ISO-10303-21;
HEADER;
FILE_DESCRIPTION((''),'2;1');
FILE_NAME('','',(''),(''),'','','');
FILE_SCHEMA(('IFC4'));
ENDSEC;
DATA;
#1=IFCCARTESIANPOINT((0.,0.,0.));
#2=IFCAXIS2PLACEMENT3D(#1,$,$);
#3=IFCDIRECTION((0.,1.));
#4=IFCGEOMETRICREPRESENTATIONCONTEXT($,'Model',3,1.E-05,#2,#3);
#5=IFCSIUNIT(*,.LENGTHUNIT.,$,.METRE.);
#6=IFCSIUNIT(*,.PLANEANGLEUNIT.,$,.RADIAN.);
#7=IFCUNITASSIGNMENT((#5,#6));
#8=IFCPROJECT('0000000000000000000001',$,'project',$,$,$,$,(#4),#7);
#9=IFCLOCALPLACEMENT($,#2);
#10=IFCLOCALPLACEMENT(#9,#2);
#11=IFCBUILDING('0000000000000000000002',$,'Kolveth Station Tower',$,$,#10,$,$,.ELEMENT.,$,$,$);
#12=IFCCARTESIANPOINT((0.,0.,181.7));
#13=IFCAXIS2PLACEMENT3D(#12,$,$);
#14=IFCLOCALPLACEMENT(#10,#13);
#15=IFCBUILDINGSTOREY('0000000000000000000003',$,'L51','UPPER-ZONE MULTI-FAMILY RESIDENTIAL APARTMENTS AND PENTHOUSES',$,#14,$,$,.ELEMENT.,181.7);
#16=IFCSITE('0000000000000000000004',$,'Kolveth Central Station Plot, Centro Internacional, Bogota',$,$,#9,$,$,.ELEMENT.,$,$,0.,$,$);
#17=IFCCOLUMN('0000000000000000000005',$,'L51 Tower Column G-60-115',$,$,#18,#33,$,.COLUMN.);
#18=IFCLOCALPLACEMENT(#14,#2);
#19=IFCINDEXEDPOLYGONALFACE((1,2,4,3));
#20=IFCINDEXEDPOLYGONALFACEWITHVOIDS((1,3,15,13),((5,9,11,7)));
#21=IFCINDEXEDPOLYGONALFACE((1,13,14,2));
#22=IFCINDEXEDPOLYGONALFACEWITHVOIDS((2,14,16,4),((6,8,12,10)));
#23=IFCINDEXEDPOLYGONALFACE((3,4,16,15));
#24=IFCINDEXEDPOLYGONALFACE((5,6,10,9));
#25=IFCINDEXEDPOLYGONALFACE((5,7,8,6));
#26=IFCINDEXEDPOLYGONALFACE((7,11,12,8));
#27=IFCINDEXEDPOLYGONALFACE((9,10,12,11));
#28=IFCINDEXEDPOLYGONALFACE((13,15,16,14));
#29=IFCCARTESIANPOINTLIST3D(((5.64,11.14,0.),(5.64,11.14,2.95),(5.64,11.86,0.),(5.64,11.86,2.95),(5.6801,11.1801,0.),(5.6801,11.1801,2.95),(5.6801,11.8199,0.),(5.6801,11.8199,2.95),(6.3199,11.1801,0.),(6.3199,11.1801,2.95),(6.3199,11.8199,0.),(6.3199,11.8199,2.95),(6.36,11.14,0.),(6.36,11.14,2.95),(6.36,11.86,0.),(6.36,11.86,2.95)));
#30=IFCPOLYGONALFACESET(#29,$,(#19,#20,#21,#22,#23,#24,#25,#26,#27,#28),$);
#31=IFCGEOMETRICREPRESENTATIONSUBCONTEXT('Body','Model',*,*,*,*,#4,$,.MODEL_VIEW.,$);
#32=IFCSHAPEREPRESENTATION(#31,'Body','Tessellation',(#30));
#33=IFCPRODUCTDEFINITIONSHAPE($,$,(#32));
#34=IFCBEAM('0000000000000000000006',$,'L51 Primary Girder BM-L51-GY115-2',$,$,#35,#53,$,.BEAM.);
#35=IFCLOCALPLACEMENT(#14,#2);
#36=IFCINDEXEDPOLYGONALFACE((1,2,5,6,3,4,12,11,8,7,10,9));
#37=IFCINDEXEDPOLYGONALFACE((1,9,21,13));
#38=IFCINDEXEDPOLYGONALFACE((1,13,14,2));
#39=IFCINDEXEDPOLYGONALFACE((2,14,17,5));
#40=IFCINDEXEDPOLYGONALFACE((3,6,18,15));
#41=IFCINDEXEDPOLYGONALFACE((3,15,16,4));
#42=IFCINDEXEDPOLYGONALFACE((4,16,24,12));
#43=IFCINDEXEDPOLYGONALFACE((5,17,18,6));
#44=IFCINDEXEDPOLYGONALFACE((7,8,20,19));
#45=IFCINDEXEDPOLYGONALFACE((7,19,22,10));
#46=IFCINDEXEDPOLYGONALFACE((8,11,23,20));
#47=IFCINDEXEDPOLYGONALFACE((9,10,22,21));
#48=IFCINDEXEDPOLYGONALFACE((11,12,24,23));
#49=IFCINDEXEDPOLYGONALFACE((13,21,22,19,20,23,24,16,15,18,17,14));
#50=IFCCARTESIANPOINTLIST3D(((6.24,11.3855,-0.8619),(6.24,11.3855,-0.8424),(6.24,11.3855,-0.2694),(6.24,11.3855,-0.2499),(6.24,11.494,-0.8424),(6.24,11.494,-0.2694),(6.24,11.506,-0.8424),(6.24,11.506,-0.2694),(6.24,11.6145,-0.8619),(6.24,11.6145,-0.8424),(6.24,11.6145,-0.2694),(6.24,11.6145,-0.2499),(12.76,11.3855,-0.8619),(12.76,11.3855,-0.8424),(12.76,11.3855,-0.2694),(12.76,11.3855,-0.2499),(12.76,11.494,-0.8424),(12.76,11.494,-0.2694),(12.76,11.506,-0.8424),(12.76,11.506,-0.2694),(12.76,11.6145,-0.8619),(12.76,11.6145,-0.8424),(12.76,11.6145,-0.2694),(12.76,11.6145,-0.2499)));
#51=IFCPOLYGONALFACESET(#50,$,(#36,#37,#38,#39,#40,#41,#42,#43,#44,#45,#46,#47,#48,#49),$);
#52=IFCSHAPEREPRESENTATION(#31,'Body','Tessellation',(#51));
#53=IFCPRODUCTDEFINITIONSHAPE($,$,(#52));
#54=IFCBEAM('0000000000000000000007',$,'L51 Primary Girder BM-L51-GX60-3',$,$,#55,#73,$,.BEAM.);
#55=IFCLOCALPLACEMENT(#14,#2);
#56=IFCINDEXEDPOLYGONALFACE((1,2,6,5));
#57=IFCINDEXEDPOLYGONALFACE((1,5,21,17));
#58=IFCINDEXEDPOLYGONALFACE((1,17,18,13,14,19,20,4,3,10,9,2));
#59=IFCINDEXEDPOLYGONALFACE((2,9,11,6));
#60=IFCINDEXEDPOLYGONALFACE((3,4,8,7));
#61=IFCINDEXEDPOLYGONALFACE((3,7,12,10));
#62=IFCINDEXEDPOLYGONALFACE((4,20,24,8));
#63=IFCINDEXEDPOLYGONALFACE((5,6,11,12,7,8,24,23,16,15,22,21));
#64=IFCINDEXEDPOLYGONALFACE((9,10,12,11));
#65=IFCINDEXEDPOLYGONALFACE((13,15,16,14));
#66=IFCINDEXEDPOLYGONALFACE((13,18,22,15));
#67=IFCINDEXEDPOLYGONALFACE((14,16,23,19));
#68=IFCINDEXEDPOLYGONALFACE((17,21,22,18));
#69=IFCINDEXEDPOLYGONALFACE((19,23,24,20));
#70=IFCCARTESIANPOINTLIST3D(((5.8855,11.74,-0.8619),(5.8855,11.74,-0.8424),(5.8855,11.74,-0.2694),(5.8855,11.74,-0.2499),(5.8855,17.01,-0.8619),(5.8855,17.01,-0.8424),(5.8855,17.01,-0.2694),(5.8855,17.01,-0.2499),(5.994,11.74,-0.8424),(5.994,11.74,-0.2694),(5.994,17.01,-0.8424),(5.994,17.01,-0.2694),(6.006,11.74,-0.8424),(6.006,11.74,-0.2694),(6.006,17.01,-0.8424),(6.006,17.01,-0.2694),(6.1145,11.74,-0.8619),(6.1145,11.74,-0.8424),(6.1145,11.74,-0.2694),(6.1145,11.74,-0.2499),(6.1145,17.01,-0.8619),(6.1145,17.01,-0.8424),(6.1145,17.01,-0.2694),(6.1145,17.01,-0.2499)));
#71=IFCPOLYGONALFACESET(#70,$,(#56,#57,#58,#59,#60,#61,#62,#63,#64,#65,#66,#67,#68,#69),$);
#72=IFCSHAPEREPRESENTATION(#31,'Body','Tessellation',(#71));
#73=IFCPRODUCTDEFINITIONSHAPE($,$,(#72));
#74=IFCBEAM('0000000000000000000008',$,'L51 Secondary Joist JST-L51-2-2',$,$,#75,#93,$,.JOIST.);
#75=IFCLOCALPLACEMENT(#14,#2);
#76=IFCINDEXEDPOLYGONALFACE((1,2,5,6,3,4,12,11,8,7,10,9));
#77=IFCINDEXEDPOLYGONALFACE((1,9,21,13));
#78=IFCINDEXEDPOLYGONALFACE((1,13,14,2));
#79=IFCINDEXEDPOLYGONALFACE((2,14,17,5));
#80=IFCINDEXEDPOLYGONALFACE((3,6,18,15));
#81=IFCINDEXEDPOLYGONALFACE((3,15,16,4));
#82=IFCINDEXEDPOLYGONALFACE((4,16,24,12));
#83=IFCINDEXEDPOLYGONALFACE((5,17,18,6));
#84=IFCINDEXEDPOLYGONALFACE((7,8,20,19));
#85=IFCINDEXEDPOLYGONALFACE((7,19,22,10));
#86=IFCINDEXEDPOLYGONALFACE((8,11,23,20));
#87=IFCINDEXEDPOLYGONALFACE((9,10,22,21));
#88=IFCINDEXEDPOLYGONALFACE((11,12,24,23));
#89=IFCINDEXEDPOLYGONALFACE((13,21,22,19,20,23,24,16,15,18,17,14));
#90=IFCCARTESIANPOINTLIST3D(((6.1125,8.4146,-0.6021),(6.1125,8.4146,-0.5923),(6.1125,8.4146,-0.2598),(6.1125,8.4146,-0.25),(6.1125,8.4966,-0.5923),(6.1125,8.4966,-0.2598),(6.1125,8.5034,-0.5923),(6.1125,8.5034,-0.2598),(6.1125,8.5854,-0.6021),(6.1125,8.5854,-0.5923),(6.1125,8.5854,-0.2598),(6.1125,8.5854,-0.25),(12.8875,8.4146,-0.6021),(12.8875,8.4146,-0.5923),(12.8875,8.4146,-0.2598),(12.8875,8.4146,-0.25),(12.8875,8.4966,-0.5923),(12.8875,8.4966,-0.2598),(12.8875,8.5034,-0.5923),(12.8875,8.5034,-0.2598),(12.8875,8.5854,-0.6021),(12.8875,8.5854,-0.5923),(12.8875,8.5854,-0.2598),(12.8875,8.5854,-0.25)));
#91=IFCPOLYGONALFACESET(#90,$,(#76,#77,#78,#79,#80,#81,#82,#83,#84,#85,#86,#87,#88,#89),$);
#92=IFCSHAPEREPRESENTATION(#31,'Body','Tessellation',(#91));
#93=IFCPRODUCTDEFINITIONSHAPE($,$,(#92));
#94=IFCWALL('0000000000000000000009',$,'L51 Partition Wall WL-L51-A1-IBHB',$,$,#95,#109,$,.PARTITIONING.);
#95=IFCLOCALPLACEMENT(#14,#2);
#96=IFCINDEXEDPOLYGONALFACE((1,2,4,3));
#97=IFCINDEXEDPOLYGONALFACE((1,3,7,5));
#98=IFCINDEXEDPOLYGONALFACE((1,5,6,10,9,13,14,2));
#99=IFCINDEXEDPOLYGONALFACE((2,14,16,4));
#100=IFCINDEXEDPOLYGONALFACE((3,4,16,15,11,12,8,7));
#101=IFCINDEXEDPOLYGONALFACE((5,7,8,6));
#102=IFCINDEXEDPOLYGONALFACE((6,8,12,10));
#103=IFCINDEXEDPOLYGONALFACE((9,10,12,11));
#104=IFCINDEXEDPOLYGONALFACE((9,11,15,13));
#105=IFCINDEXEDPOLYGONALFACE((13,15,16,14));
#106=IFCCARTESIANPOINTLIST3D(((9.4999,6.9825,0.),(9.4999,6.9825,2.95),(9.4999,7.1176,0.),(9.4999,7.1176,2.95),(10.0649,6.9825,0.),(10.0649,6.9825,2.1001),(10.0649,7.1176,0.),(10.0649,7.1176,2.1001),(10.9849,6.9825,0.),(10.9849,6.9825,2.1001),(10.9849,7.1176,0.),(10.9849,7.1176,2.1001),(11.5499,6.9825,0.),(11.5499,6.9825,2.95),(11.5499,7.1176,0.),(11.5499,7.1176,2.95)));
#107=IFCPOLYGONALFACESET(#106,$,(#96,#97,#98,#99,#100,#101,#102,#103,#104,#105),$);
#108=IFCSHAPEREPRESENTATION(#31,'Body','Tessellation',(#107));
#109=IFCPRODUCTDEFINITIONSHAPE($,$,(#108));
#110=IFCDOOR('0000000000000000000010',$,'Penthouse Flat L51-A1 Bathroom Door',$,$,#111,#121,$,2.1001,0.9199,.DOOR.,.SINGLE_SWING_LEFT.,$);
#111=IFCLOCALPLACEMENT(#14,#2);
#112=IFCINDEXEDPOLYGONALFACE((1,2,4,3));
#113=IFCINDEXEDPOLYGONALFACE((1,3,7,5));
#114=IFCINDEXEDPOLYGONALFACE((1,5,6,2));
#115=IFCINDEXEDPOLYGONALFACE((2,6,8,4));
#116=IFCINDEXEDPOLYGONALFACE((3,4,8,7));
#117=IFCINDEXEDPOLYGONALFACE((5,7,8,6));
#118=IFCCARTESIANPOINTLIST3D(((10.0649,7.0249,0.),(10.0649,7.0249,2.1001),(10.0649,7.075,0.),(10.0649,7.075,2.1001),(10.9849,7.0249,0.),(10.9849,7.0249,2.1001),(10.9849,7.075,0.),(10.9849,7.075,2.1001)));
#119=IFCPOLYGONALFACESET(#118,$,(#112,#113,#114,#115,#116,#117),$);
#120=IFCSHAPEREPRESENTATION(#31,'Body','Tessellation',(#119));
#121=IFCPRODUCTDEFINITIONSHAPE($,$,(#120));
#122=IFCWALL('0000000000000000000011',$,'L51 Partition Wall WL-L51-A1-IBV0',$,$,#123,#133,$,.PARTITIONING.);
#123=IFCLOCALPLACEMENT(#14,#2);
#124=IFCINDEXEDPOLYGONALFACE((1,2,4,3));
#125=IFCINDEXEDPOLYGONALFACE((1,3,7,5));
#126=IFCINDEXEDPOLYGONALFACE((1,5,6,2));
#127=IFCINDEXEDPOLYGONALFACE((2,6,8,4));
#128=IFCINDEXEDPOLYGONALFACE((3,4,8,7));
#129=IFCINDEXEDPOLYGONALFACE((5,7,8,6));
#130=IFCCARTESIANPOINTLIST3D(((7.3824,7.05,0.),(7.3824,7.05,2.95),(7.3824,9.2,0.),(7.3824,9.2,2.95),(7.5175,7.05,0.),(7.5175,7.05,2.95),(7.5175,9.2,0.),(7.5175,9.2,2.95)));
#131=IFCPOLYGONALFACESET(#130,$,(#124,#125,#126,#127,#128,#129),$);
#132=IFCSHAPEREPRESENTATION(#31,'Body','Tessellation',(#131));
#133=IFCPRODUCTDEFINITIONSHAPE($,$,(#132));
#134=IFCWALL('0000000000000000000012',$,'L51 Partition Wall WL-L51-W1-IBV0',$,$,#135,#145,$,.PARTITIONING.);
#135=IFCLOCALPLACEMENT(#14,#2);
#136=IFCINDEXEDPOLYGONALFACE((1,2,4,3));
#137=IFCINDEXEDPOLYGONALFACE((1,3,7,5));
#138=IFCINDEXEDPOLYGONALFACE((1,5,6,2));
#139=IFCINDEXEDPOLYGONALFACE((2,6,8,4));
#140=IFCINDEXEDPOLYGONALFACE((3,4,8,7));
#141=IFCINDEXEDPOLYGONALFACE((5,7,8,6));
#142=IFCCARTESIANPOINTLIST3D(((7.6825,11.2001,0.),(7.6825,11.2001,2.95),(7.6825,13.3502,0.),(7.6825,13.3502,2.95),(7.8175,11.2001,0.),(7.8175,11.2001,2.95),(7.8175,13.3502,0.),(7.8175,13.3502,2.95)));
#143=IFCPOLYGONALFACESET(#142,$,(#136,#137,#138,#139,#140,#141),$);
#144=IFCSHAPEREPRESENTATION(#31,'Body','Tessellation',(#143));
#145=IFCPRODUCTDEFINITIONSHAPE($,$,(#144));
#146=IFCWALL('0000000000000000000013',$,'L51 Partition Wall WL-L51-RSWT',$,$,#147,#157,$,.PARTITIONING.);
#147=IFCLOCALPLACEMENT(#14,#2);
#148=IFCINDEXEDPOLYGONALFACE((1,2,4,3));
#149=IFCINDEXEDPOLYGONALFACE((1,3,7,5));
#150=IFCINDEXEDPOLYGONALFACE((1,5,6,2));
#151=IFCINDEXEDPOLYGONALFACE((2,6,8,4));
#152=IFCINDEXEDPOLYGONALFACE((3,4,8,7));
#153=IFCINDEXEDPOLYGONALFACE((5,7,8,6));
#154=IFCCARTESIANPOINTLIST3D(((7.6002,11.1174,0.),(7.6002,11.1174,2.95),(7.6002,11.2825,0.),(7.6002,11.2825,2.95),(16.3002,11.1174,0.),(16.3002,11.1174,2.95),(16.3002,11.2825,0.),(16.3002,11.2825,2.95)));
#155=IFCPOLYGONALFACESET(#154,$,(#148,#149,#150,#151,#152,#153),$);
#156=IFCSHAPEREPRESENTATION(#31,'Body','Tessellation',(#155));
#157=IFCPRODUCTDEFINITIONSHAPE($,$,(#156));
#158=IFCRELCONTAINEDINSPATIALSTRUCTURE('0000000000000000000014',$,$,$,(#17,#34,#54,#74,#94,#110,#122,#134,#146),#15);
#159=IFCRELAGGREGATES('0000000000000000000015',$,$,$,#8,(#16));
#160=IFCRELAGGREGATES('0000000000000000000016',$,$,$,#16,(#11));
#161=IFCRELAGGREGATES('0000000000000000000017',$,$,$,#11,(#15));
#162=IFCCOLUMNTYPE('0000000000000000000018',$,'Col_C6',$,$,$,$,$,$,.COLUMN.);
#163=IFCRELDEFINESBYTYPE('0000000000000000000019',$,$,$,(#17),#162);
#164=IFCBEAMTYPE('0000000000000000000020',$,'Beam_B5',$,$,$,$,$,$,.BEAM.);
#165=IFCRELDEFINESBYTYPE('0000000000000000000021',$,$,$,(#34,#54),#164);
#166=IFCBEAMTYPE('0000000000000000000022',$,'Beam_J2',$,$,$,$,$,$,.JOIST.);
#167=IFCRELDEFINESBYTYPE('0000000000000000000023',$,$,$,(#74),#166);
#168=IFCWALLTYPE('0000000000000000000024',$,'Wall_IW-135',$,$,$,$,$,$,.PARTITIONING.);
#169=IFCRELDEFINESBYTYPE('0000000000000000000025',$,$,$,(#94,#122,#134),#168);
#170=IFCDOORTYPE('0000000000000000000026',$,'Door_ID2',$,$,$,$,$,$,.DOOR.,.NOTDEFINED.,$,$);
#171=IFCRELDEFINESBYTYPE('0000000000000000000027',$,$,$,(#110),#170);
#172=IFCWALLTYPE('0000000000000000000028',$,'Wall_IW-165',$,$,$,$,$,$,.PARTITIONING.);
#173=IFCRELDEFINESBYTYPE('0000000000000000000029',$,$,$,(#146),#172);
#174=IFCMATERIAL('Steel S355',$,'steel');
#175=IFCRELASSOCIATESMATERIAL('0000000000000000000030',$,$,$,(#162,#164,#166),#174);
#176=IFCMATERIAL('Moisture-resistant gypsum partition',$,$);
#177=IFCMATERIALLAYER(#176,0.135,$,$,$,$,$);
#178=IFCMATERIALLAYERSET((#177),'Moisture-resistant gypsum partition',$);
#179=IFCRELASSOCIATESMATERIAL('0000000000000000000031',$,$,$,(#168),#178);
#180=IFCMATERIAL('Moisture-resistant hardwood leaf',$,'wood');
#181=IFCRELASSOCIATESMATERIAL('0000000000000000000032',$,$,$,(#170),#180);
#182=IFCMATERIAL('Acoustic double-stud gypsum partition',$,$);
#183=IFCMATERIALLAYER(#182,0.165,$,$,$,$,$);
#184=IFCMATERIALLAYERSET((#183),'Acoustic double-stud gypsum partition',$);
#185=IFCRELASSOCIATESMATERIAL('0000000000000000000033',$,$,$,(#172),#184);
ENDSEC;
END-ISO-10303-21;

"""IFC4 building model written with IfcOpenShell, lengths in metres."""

from ifc_helpers import new_model, si_unit, direction, frame, frame_2d, origin, origin_2d, place, context, subcontext, project, spatial, rectangle, hollow_rectangle, i_section, extrude, source, transform, mapped, material, layer, layer_set, material_profile, profile_set, type_object, element, fill, save


model = new_model("IFC4")

# Units and contexts
model_context = context("Model", 3, precision=1e-05, world=origin(), true_north=direction((0.0, 1.0)))
body_context = subcontext(model_context, "Body", "Model", "MODEL_VIEW")
ifc_project = project(units=[si_unit("LENGTHUNIT", "METRE"), si_unit("PLANEANGLEUNIT", "RADIAN")], contexts=[model_context])

# Site, building, storey
site_placement = place(None, origin())
site = spatial("IfcSite", under=ifc_project, at=site_placement, Name="Kolveth Central Station Plot, Centro Internacional, Bogota", CompositionType="ELEMENT", RefElevation=0.0)
building_placement = place(site_placement, origin())
building = spatial("IfcBuilding", under=site, at=building_placement, Name="Kolveth Station Tower", CompositionType="ELEMENT")
storey_placement = place(building_placement, frame((0.0, 0.0, 181.7)))
storey = spatial("IfcBuildingStorey", under=building, at=storey_placement, Name="L51", Description="UPPER-ZONE MULTI-FAMILY RESIDENTIAL APARTMENTS AND PENTHOUSES", CompositionType="ELEMENT", Elevation=181.7)

# Column
ifc_material_1 = material(Name="Steel S355", Category="steel")
ifc_material_profile_1 = material_profile(ifc_material_1, hollow_rectangle(XDim=0.72, YDim=0.72, WallThickness=0.04, at=origin_2d()), Name="BOX720x720x40")
ifc_profile_set_1 = profile_set([ifc_material_profile_1], Name="Steel S355")
column_type = type_object("IfcColumnType", Name="Col_C6", PredefinedType="COLUMN", material=ifc_profile_set_1)
shared_shape_1 = source(origin(), body_context, "Body", "SweptSolid", [
    extrude(hollow_rectangle(XDim=0.72, YDim=0.72, WallThickness=0.04, at=origin_2d()), origin(), (0.0, 0.0, 1.0), 2.95),
])
column_placement = place(storey_placement, frame((6.0, 11.5, 0.0), z_axis=(0.0, 0.0, 1.0), x_axis=(1.0, 0.0, 0.0)))
element("IfcColumn", 1, at=column_placement, inside=storey, type_object=column_type, Name="L51 Tower Column G-60-115", PredefinedType="COLUMN", context=body_context, shape_type="MappedRepresentation", body=[
    mapped(shared_shape_1, transform((0.0, 0.0, 0.0), x_axis=(1.0, 0.0, 0.0), y_axis=(0.0, 1.0, 0.0), z_axis=(0.0, 0.0, 1.0), scale=1.0)),
])

# Beams
ifc_material_profile_2 = material_profile(ifc_material_1, i_section(OverallWidth=0.229, OverallDepth=0.6121, WebThickness=0.012, FlangeThickness=0.0195, at=origin_2d()), Name="W610x125")
ifc_profile_set_2 = profile_set([ifc_material_profile_2], Name="Steel S355")
beam_type_1 = type_object("IfcBeamType", Name="Beam_B5", PredefinedType="BEAM", material=ifc_profile_set_2)
shared_shape_2 = source(origin(), body_context, "Body", "SweptSolid", [
    extrude(i_section(OverallWidth=0.229, OverallDepth=0.6121, WebThickness=0.012, FlangeThickness=0.0195, at=origin_2d()), origin(), (0.0, 0.0, 1.0), 6.52),
])
beam_1_placement = place(storey_placement, frame((6.24, 11.5, -0.5559), z_axis=(1.0, 0.0, 0.0), x_axis=(0.0, 1.0, 0.0)))
element("IfcBeam", 2, at=beam_1_placement, inside=storey, type_object=beam_type_1, Name="L51 Primary Girder BM-L51-GY115-2", PredefinedType="BEAM", context=body_context, shape_type="MappedRepresentation", body=[
    mapped(shared_shape_2, transform((0.0, 0.0, 0.0), x_axis=(1.0, 0.0, 0.0), y_axis=(0.0, 1.0, 0.0), z_axis=(0.0, 0.0, 1.0), scale=1.0)),
])
shared_shape_3 = source(origin(), body_context, "Body", "SweptSolid", [
    extrude(i_section(OverallWidth=0.229, OverallDepth=0.6121, WebThickness=0.012, FlangeThickness=0.0195, at=origin_2d()), origin(), (0.0, 0.0, 1.0), 5.27),
])
beam_2_placement = place(storey_placement, frame((6.0, 11.74, -0.5559), z_axis=(0.0, 1.0, 0.0), x_axis=(-1.0, 0.0, 0.0)))
element("IfcBeam", 3, at=beam_2_placement, inside=storey, type_object=beam_type_1, Name="L51 Primary Girder BM-L51-GX60-3", PredefinedType="BEAM", context=body_context, shape_type="MappedRepresentation", body=[
    mapped(shared_shape_3, transform((0.0, 0.0, 0.0), x_axis=(1.0, 0.0, 0.0), y_axis=(0.0, 1.0, 0.0), z_axis=(0.0, 0.0, 1.0), scale=1.0)),
])
ifc_material_profile_3 = material_profile(ifc_material_1, i_section(OverallWidth=0.1709, OverallDepth=0.3521, WebThickness=0.0068, FlangeThickness=0.0098, at=origin_2d()), Name="W360x44")
ifc_profile_set_3 = profile_set([ifc_material_profile_3], Name="Steel S355")
beam_type_2 = type_object("IfcBeamType", Name="Beam_J2", PredefinedType="JOIST", material=ifc_profile_set_3)
shared_shape_4 = source(origin(), body_context, "Body", "SweptSolid", [
    extrude(i_section(OverallWidth=0.1709, OverallDepth=0.3521, WebThickness=0.0068, FlangeThickness=0.0098, at=origin_2d()), origin(), (0.0, 0.0, 1.0), 6.7749),
])
beam_3_placement = place(storey_placement, frame((6.1125, 8.5, -0.426), z_axis=(1.0, 0.0, 0.0), x_axis=(0.0, 1.0, 0.0)))
element("IfcBeam", 4, at=beam_3_placement, inside=storey, type_object=beam_type_2, Name="L51 Secondary Joist JST-L51-2-2", PredefinedType="JOIST", context=body_context, shape_type="MappedRepresentation", body=[
    mapped(shared_shape_4, transform((0.0, 0.0, 0.0), x_axis=(1.0, 0.0, 0.0), y_axis=(0.0, 1.0, 0.0), z_axis=(0.0, 0.0, 1.0), scale=1.0)),
])

# Wall, opening, door
ifc_material_2 = material(Name="Moisture-resistant gypsum partition")
ifc_layer_1 = layer(ifc_material_2, 0.135)
ifc_layer_set_1 = layer_set([ifc_layer_1], Name="Moisture-resistant gypsum partition")
wall_type_1 = type_object("IfcWallType", Name="Wall_IW-135", PredefinedType="PARTITIONING", material=ifc_layer_set_1)
wall_1_placement = place(storey_placement, frame((9.5, 7.05, 0.0), z_axis=(0.0, 0.0, 1.0), x_axis=(1.0, 0.0, 0.0)))
wall_1 = element("IfcWall", 5, at=wall_1_placement, inside=storey, type_object=wall_type_1, Name="L51 Partition Wall WL-L51-A1-IBHB", PredefinedType="PARTITIONING", context=body_context, shape_type="SweptSolid", body=[
    extrude(rectangle(XDim=2.05, YDim=0.135, at=frame_2d((1.0249, 0.0))), origin(), (0.0, 0.0, 1.0), 2.95),
])
opening_1_placement = place(wall_1_placement, frame((0.5649, 0.0, 0.0)))
opening_1 = element("IfcOpeningElement", 6, at=opening_1_placement, cuts=wall_1, PredefinedType="OPENING", context=body_context, shape_type="SweptSolid", body=[
    extrude(rectangle(XDim=0.9199, YDim=2.1001, at=frame_2d((0.46, 1.05))), frame((0.0, 0.0774, 0.0), z_axis=(0.0, -1.0, 0.0), x_axis=(1.0, 0.0, 0.0)), (0.0, 0.0, 1.0), 0.155),
])
ifc_material_3 = material(Name="Moisture-resistant hardwood leaf", Category="wood")
door_type_1 = type_object("IfcDoorType", Name="Door_ID2", OperationType="NOTDEFINED", PredefinedType="DOOR", material=ifc_material_3)
door_1_placement = place(opening_1_placement, origin())
door_1 = element("IfcDoor", 7, at=door_1_placement, inside=storey, type_object=door_type_1, Name="Penthouse Flat L51-A1 Bathroom Door", OperationType="SINGLE_SWING_LEFT", OverallHeight=2.1001, OverallWidth=0.9199, PredefinedType="DOOR", context=body_context, shape_type="SweptSolid", body=[
    extrude(rectangle(XDim=0.9199, YDim=2.1001, at=frame_2d((0.46, 1.05))), frame((0.0, 0.0249, 0.0), z_axis=(0.0, -1.0, 0.0), x_axis=(1.0, 0.0, 0.0)), (0.0, 0.0, 1.0), 0.05),
])
fill(opening_1, door_1)

# Wall
wall_2_placement = place(storey_placement, frame((7.45, 7.05, 0.0), z_axis=(0.0, 0.0, 1.0), x_axis=(0.0, 1.0, 0.0)))
element("IfcWall", 8, at=wall_2_placement, inside=storey, type_object=wall_type_1, Name="L51 Partition Wall WL-L51-A1-IBV0", PredefinedType="PARTITIONING", context=body_context, shape_type="SweptSolid", body=[
    extrude(rectangle(XDim=2.1499, YDim=0.135, at=frame_2d((1.075, 0.0))), origin(), (0.0, 0.0, 1.0), 2.95),
])

# Walls
wall_3_placement = place(storey_placement, frame((7.75, 11.2, 0.0), z_axis=(0.0, 0.0, 1.0), x_axis=(0.0, 1.0, 0.0)))
element("IfcWall", 9, at=wall_3_placement, inside=storey, type_object=wall_type_1, Name="L51 Partition Wall WL-L51-W1-IBV0", PredefinedType="PARTITIONING", context=body_context, shape_type="SweptSolid", body=[
    extrude(rectangle(XDim=2.1501, YDim=0.135, at=frame_2d((1.0752, 0.0))), origin(), (0.0, 0.0, 1.0), 2.95),
])
ifc_material_4 = material(Name="Acoustic double-stud gypsum partition")
ifc_layer_2 = layer(ifc_material_4, 0.165)
ifc_layer_set_2 = layer_set([ifc_layer_2], Name="Acoustic double-stud gypsum partition")
wall_type_2 = type_object("IfcWallType", Name="Wall_IW-165", PredefinedType="PARTITIONING", material=ifc_layer_set_2)
wall_4_placement = place(storey_placement, frame((7.6001, 11.2, 0.0), z_axis=(0.0, 0.0, 1.0), x_axis=(1.0, 0.0, 0.0)))
element("IfcWall", 10, at=wall_4_placement, inside=storey, type_object=wall_type_2, Name="L51 Partition Wall WL-L51-RSWT", PredefinedType="PARTITIONING", context=body_context, shape_type="SweptSolid", body=[
    extrude(rectangle(XDim=8.7, YDim=0.165, at=frame_2d((4.3501, 0.0))), origin(), (0.0, 0.0, 1.0), 2.95),
])

save(model, "model.ifc")
